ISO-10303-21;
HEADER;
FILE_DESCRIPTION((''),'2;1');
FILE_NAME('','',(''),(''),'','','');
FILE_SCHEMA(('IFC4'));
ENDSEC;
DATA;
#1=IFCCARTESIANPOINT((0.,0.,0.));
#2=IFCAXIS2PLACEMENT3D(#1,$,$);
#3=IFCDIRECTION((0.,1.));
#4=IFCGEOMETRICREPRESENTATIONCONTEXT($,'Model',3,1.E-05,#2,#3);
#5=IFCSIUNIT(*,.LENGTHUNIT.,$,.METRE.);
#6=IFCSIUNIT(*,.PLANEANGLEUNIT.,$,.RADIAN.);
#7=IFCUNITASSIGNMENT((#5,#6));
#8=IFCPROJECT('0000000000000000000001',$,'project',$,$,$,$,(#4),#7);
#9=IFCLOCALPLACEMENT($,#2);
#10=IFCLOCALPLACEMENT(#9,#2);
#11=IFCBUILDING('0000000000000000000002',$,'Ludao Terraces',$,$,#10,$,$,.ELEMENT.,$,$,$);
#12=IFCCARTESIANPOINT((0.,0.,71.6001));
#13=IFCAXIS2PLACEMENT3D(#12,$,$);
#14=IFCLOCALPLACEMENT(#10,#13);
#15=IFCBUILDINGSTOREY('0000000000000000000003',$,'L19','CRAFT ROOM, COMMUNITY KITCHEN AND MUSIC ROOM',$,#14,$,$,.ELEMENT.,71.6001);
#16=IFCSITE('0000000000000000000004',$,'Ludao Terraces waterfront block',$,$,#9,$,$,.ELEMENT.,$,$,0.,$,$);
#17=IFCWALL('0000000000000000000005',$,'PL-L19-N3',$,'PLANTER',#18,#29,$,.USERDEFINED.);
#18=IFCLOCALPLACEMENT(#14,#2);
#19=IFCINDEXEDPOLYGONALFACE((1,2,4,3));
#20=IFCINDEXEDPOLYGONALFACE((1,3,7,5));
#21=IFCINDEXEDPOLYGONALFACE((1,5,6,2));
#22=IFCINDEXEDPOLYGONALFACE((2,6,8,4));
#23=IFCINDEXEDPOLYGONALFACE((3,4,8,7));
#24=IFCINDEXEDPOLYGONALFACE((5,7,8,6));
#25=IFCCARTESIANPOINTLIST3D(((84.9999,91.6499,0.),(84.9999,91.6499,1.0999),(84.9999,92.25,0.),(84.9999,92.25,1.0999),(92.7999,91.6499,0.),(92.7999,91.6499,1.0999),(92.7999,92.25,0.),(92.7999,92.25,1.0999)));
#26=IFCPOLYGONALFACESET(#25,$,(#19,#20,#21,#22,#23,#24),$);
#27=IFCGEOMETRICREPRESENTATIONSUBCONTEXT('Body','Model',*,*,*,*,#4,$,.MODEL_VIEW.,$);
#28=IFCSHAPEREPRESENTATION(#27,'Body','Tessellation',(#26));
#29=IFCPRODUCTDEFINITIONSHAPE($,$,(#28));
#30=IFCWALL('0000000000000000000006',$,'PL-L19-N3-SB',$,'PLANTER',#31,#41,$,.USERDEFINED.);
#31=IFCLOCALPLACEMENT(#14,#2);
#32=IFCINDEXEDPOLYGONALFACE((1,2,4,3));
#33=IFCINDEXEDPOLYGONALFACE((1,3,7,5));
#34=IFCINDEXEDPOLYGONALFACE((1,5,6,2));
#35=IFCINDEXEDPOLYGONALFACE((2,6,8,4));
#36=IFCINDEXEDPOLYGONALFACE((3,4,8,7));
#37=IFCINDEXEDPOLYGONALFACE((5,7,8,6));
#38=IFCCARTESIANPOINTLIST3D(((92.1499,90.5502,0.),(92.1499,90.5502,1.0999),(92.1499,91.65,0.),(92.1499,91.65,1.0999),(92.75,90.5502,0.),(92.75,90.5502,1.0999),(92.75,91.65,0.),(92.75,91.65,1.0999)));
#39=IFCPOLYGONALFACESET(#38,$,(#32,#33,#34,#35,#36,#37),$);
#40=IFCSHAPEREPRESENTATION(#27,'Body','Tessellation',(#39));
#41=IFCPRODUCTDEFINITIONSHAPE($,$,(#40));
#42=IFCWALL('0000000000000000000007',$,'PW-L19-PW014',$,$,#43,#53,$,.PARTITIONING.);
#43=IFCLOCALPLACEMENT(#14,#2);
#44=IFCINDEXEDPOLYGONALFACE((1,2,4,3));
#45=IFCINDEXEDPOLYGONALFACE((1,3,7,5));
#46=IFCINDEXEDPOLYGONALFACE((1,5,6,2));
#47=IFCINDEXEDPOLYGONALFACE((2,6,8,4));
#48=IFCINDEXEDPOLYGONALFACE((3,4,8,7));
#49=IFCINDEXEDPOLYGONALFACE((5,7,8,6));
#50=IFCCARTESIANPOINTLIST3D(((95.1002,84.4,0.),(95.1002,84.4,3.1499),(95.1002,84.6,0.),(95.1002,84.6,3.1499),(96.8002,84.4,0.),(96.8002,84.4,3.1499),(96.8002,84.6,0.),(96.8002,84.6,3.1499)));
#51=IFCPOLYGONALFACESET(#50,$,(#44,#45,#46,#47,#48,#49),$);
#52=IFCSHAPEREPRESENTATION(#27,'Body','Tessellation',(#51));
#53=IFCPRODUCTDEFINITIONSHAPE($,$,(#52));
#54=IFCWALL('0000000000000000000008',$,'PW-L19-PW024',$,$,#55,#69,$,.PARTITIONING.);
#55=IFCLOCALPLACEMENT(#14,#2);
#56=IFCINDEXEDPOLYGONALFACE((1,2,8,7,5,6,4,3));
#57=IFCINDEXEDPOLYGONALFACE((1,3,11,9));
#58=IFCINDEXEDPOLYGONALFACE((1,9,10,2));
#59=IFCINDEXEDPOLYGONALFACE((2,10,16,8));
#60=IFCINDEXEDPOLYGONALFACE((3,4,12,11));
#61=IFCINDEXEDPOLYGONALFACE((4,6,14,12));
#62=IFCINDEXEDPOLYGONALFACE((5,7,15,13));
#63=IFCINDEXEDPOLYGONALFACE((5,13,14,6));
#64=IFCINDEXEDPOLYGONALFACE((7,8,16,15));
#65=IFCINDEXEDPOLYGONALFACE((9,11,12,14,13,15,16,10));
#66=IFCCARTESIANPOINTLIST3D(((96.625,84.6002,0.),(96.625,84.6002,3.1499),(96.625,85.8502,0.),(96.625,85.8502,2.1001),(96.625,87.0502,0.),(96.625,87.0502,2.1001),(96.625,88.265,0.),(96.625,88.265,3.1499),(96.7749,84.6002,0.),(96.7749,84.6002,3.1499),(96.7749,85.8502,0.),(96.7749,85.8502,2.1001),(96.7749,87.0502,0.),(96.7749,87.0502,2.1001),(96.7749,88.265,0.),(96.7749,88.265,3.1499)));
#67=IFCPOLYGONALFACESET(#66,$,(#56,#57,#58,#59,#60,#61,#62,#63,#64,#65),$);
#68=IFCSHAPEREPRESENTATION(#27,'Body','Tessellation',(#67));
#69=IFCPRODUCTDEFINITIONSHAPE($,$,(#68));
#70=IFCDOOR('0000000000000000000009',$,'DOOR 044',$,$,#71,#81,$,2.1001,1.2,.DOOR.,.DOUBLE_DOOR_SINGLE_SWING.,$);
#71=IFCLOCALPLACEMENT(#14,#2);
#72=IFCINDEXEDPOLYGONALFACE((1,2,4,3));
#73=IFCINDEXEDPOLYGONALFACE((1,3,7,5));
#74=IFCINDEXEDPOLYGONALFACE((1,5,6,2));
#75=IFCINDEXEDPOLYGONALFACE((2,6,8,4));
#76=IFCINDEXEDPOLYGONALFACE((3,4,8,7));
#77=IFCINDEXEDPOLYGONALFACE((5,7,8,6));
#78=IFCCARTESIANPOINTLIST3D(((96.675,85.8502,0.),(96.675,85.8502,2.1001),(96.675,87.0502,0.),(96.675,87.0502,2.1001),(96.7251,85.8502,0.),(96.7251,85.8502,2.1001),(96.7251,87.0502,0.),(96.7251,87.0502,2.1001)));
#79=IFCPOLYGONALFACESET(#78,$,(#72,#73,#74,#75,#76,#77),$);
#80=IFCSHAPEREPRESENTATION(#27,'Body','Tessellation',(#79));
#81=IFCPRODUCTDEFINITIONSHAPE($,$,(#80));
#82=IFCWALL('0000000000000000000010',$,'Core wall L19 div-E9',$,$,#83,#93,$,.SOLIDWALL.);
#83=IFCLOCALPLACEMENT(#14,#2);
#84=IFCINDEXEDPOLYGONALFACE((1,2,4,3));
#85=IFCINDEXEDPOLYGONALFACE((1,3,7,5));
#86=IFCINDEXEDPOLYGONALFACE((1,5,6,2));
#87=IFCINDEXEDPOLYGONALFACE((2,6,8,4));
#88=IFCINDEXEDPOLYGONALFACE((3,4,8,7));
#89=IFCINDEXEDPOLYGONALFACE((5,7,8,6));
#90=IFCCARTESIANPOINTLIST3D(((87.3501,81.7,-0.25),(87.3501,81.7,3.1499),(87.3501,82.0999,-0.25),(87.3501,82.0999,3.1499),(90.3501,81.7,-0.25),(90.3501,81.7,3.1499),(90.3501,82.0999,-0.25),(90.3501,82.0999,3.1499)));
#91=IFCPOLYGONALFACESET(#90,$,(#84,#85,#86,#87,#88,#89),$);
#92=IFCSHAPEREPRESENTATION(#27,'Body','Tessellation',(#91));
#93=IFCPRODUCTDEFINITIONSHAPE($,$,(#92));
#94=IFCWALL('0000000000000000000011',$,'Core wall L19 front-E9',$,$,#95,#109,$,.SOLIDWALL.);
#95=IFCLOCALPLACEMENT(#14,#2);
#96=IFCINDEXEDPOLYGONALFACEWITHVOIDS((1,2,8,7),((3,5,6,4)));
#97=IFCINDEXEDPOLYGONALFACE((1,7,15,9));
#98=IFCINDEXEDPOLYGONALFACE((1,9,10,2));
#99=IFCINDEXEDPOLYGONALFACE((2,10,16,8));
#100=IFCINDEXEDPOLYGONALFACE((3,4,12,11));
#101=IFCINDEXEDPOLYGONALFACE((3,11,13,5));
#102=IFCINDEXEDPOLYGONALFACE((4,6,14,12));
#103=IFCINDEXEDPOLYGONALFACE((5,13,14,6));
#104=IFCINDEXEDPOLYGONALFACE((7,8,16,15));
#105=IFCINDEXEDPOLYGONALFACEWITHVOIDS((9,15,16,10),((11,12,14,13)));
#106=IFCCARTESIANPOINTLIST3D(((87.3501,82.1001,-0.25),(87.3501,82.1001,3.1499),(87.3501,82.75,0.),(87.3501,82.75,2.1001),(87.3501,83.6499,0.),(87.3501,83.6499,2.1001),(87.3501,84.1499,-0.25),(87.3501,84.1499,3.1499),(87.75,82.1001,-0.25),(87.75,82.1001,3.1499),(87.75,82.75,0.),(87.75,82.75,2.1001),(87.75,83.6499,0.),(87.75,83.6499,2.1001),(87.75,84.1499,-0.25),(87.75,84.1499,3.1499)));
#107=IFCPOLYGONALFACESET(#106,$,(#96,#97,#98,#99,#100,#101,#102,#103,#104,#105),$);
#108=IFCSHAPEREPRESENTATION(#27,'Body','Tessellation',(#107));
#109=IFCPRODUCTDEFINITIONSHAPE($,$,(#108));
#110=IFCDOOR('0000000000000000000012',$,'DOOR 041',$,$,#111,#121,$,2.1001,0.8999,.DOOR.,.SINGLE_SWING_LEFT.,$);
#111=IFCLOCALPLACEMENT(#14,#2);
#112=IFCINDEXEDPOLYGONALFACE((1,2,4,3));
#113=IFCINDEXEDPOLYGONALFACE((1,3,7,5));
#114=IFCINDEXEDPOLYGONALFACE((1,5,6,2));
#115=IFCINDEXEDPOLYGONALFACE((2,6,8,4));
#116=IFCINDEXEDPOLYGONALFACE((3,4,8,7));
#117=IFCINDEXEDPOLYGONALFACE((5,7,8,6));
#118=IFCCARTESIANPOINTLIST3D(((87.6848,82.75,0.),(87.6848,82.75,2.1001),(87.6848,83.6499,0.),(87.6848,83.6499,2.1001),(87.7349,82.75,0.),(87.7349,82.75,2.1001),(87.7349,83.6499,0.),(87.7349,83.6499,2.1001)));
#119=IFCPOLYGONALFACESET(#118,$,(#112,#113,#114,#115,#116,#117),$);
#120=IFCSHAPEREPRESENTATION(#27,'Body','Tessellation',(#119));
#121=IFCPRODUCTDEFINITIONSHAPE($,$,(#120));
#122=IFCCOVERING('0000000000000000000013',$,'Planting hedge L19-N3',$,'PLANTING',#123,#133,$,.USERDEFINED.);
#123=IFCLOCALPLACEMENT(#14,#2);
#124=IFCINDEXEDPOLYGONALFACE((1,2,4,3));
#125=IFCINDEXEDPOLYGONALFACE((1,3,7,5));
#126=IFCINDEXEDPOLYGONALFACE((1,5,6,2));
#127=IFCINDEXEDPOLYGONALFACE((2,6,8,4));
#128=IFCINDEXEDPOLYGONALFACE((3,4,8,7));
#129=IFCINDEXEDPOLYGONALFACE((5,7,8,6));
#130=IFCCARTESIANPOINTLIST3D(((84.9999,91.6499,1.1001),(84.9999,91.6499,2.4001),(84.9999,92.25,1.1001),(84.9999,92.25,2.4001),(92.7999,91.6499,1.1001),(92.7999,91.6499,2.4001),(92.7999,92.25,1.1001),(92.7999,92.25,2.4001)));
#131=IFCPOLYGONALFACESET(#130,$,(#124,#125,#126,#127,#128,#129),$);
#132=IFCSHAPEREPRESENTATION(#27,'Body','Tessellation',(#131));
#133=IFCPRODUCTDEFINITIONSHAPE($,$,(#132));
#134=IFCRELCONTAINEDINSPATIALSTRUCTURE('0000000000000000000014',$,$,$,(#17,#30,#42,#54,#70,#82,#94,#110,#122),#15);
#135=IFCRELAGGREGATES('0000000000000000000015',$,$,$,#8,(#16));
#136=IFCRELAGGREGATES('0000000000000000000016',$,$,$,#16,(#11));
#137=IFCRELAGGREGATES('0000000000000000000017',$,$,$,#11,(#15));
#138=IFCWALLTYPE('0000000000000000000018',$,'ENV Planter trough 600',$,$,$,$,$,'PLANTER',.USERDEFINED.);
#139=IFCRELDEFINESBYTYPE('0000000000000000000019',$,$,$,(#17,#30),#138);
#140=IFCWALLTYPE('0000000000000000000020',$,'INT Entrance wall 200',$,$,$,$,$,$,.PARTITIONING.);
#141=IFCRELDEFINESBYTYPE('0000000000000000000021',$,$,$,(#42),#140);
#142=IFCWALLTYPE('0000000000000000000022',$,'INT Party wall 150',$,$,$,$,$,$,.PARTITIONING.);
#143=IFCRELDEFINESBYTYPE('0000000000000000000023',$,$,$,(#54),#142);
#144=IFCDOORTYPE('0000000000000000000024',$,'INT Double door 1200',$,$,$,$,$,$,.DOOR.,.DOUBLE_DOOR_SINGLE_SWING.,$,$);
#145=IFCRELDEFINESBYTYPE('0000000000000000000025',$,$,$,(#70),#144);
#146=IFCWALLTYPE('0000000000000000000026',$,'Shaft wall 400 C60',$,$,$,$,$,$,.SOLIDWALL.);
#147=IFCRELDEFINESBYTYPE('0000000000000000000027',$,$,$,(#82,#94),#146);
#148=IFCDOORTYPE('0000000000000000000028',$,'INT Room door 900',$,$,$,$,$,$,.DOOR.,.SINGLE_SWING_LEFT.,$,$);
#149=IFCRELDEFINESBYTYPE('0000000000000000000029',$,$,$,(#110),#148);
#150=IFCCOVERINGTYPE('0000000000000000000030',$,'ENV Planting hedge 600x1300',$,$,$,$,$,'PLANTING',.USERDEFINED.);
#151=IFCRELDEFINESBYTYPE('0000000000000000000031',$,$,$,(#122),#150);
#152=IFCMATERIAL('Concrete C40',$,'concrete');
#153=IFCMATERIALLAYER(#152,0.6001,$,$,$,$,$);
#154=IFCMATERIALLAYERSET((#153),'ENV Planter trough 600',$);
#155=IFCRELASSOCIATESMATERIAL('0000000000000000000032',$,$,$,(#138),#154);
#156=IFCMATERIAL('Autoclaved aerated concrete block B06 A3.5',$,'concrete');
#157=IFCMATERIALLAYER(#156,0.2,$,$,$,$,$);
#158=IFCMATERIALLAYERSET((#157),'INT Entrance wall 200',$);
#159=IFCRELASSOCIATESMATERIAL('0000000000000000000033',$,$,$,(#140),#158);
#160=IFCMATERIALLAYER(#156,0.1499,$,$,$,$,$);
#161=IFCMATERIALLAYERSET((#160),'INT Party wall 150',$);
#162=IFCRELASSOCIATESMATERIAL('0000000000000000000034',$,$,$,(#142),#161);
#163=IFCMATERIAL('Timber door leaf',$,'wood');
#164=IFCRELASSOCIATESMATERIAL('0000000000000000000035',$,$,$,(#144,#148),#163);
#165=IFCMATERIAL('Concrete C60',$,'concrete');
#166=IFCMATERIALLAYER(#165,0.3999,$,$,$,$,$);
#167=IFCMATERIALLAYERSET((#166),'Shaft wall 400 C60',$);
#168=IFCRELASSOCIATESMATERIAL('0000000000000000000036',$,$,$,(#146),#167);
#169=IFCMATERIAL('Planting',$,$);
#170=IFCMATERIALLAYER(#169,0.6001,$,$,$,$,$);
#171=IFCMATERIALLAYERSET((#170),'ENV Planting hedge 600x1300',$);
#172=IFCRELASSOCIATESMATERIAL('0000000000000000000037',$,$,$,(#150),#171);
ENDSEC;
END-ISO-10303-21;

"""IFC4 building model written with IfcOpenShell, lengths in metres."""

from ifc_helpers import new_model, si_unit, direction, frame, frame_2d, origin, origin_2d, place, context, subcontext, project, spatial, rectangle, extrude, material, layer, layer_set, type_object, element, fill, save


model = new_model("IFC4")

# Units and contexts
model_context = context("Model", 3, precision=1e-05, world=origin(), true_north=direction((0.0, 1.0)))
body_context = subcontext(model_context, "Body", "Model", "MODEL_VIEW")
ifc_project = project(units=[si_unit("LENGTHUNIT", "METRE"), si_unit("PLANEANGLEUNIT", "RADIAN")], contexts=[model_context])

# Site, building, storey
site_placement = place(None, origin())
site = spatial("IfcSite", under=ifc_project, at=site_placement, Name="Ludao Terraces waterfront block", CompositionType="ELEMENT", RefElevation=0.0)
building_placement = place(site_placement, origin())
building = spatial("IfcBuilding", under=site, at=building_placement, Name="Ludao Terraces", CompositionType="ELEMENT")
storey_placement = place(building_placement, frame((0.0, 0.0, 71.6001)))
storey = spatial("IfcBuildingStorey", under=building, at=storey_placement, Name="L19", Description="CRAFT ROOM, COMMUNITY KITCHEN AND MUSIC ROOM", CompositionType="ELEMENT", Elevation=71.6001)

# Shared definitions
ifc_material_1 = material(Name="Concrete C40", Category="concrete")

# Walls
ifc_layer_1 = layer(ifc_material_1, 0.6001)
ifc_layer_set_1 = layer_set([ifc_layer_1], Name="ENV Planter trough 600")
wall_type_1 = type_object("IfcWallType", Name="ENV Planter trough 600", ElementType="PLANTER", PredefinedType="USERDEFINED", material=ifc_layer_set_1)
wall_1_placement = place(storey_placement, frame((85.0, 91.95, 0.0), z_axis=(0.0, 0.0, 1.0), x_axis=(1.0, 0.0, 0.0)))
element("IfcWall", 1, at=wall_1_placement, inside=storey, type_object=wall_type_1, Name="PL-L19-N3", ObjectType="PLANTER", PredefinedType="USERDEFINED", context=body_context, shape_type="SweptSolid", body=[
    extrude(rectangle(XDim=7.8, YDim=0.6001, at=frame_2d((3.8999, 0.0))), origin(), (0.0, 0.0, 1.0), 1.0999),
])
wall_2_placement = place(storey_placement, frame((92.45, 91.6499, 0.0), z_axis=(0.0, 0.0, 1.0), x_axis=(0.0, -1.0, 0.0)))
element("IfcWall", 2, at=wall_2_placement, inside=storey, type_object=wall_type_1, Name="PL-L19-N3-SB", ObjectType="PLANTER", PredefinedType="USERDEFINED", context=body_context, shape_type="SweptSolid", body=[
    extrude(rectangle(XDim=1.0999, YDim=0.6001, at=frame_2d((0.5498, 0.0))), origin(), (0.0, 0.0, 1.0), 1.0999),
])

# Wall
ifc_material_2 = material(Name="Autoclaved aerated concrete block B06 A3.5", Category="concrete")
ifc_layer_2 = layer(ifc_material_2, 0.2)
ifc_layer_set_2 = layer_set([ifc_layer_2], Name="INT Entrance wall 200")
wall_type_2 = type_object("IfcWallType", Name="INT Entrance wall 200", PredefinedType="PARTITIONING", material=ifc_layer_set_2)
wall_3_placement = place(storey_placement, frame((95.1001, 84.5, 0.0), z_axis=(0.0, 0.0, 1.0), x_axis=(1.0, 0.0, 0.0)))
element("IfcWall", 3, at=wall_3_placement, inside=storey, type_object=wall_type_2, Name="PW-L19-PW014", PredefinedType="PARTITIONING", context=body_context, shape_type="SweptSolid", body=[
    extrude(rectangle(XDim=1.7, YDim=0.2, at=frame_2d((0.8501, 0.0))), origin(), (0.0, 0.0, 1.0), 3.1499),
])

# Wall, opening, door
ifc_layer_3 = layer(ifc_material_2, 0.1499)
ifc_layer_set_3 = layer_set([ifc_layer_3], Name="INT Party wall 150")
wall_type_3 = type_object("IfcWallType", Name="INT Party wall 150", PredefinedType="PARTITIONING", material=ifc_layer_set_3)
wall_4_placement = place(storey_placement, frame((96.7, 84.6001, 0.0), z_axis=(0.0, 0.0, 1.0), x_axis=(0.0, 1.0, 0.0)))
wall_4 = element("IfcWall", 4, at=wall_4_placement, inside=storey, type_object=wall_type_3, Name="PW-L19-PW024", PredefinedType="PARTITIONING", context=body_context, shape_type="SweptSolid", body=[
    extrude(rectangle(XDim=3.6648, YDim=0.1499, at=frame_2d((1.8325, 0.0))), origin(), (0.0, 0.0, 1.0), 3.1499),
])
opening_1_placement = place(wall_4_placement, frame((1.25, 0.0, 0.0)))
opening_1 = element("IfcOpeningElement", 5, at=opening_1_placement, cuts=wall_4, PredefinedType="OPENING", context=body_context, shape_type="SweptSolid", body=[
    extrude(rectangle(XDim=1.2, YDim=2.1001, at=frame_2d((0.6001, 1.05))), frame((0.0, 0.085, 0.0), z_axis=(0.0, -1.0, 0.0), x_axis=(1.0, 0.0, 0.0)), (0.0, 0.0, 1.0), 0.1699),
])
ifc_material_3 = material(Name="Timber door leaf", Category="wood")
door_type_1 = type_object("IfcDoorType", Name="INT Double door 1200", OperationType="DOUBLE_DOOR_SINGLE_SWING", PredefinedType="DOOR", material=ifc_material_3)
door_1_placement = place(opening_1_placement, origin())
door_1 = element("IfcDoor", 6, at=door_1_placement, inside=storey, type_object=door_type_1, Name="DOOR 044", OperationType="DOUBLE_DOOR_SINGLE_SWING", OverallHeight=2.1001, OverallWidth=1.2, PredefinedType="DOOR", context=body_context, shape_type="SweptSolid", body=[
    extrude(rectangle(XDim=1.2, YDim=2.1001, at=frame_2d((0.6001, 1.05))), frame((0.0, 0.0249, 0.0), z_axis=(0.0, -1.0, 0.0), x_axis=(1.0, 0.0, 0.0)), (0.0, 0.0, 1.0), 0.05),
])
fill(opening_1, door_1)

# Wall
ifc_material_4 = material(Name="Concrete C60", Category="concrete")
ifc_layer_4 = layer(ifc_material_4, 0.3999)
ifc_layer_set_4 = layer_set([ifc_layer_4], Name="Shaft wall 400 C60")
wall_type_4 = type_object("IfcWallType", Name="Shaft wall 400 C60", PredefinedType="SOLIDWALL", material=ifc_layer_set_4)
wall_5_placement = place(storey_placement, frame((87.3501, 81.8999, -0.25), z_axis=(0.0, 0.0, 1.0), x_axis=(1.0, 0.0, 0.0)))
element("IfcWall", 7, at=wall_5_placement, inside=storey, type_object=wall_type_4, Name="Core wall L19 div-E9", PredefinedType="SOLIDWALL", context=body_context, shape_type="SweptSolid", body=[
    extrude(rectangle(XDim=3.0, YDim=0.3999, at=frame_2d((1.5, 0.0))), origin(), (0.0, 0.0, 1.0), 3.3999),
])

# Wall, opening, door
wall_6_placement = place(storey_placement, frame((87.55, 82.1001, -0.25), z_axis=(0.0, 0.0, 1.0), x_axis=(0.0, 1.0, 0.0)))
wall_6 = element("IfcWall", 8, at=wall_6_placement, inside=storey, type_object=wall_type_4, Name="Core wall L19 front-E9", PredefinedType="SOLIDWALL", context=body_context, shape_type="SweptSolid", body=[
    extrude(rectangle(XDim=2.0498, YDim=0.3999, at=frame_2d((1.0249, 0.0))), origin(), (0.0, 0.0, 1.0), 3.3999),
])
opening_2_placement = place(wall_6_placement, frame((0.6499, 0.0, 0.25)))
opening_2 = element("IfcOpeningElement", 9, at=opening_2_placement, cuts=wall_6, PredefinedType="OPENING", context=body_context, shape_type="SweptSolid", body=[
    extrude(rectangle(XDim=0.8999, YDim=2.1001, at=frame_2d((0.45, 1.05))), frame((0.0, 0.21, 0.0), z_axis=(0.0, -1.0, 0.0), x_axis=(1.0, 0.0, 0.0)), (0.0, 0.0, 1.0), 0.4199),
])
door_type_2 = type_object("IfcDoorType", Name="INT Room door 900", OperationType="SINGLE_SWING_LEFT", PredefinedType="DOOR", material=ifc_material_3)
door_2_placement = place(opening_2_placement, origin())
door_2 = element("IfcDoor", 10, at=door_2_placement, inside=storey, type_object=door_type_2, Name="DOOR 041", OperationType="SINGLE_SWING_LEFT", OverallHeight=2.1001, OverallWidth=0.8999, PredefinedType="DOOR", context=body_context, shape_type="SweptSolid", body=[
    extrude(rectangle(XDim=0.8999, YDim=2.1001, at=frame_2d((0.45, 1.05))), frame((0.0, -0.1348, 0.0), z_axis=(0.0, -1.0, 0.0), x_axis=(1.0, 0.0, 0.0)), (0.0, 0.0, 1.0), 0.05),
])
fill(opening_2, door_2)

# Covering
ifc_material_5 = material(Name="Planting")
ifc_layer_5 = layer(ifc_material_5, 0.6001)
ifc_layer_set_5 = layer_set([ifc_layer_5], Name="ENV Planting hedge 600x1300")
covering_type = type_object("IfcCoveringType", Name="ENV Planting hedge 600x1300", ElementType="PLANTING", PredefinedType="USERDEFINED", material=ifc_layer_set_5)
covering_placement = place(storey_placement, frame((88.8999, 91.95, 1.1001), z_axis=(0.0, 0.0, 1.0), x_axis=(1.0, 0.0, 0.0)))
element("IfcCovering", 11, at=covering_placement, inside=storey, type_object=covering_type, Name="Planting hedge L19-N3", ObjectType="PLANTING", PredefinedType="USERDEFINED", context=body_context, shape_type="SweptSolid", body=[
    extrude(rectangle(XDim=7.8, YDim=0.6001, at=origin_2d()), origin(), (0.0, 0.0, 1.0), 1.3),
])

save(model, "model.ifc")
